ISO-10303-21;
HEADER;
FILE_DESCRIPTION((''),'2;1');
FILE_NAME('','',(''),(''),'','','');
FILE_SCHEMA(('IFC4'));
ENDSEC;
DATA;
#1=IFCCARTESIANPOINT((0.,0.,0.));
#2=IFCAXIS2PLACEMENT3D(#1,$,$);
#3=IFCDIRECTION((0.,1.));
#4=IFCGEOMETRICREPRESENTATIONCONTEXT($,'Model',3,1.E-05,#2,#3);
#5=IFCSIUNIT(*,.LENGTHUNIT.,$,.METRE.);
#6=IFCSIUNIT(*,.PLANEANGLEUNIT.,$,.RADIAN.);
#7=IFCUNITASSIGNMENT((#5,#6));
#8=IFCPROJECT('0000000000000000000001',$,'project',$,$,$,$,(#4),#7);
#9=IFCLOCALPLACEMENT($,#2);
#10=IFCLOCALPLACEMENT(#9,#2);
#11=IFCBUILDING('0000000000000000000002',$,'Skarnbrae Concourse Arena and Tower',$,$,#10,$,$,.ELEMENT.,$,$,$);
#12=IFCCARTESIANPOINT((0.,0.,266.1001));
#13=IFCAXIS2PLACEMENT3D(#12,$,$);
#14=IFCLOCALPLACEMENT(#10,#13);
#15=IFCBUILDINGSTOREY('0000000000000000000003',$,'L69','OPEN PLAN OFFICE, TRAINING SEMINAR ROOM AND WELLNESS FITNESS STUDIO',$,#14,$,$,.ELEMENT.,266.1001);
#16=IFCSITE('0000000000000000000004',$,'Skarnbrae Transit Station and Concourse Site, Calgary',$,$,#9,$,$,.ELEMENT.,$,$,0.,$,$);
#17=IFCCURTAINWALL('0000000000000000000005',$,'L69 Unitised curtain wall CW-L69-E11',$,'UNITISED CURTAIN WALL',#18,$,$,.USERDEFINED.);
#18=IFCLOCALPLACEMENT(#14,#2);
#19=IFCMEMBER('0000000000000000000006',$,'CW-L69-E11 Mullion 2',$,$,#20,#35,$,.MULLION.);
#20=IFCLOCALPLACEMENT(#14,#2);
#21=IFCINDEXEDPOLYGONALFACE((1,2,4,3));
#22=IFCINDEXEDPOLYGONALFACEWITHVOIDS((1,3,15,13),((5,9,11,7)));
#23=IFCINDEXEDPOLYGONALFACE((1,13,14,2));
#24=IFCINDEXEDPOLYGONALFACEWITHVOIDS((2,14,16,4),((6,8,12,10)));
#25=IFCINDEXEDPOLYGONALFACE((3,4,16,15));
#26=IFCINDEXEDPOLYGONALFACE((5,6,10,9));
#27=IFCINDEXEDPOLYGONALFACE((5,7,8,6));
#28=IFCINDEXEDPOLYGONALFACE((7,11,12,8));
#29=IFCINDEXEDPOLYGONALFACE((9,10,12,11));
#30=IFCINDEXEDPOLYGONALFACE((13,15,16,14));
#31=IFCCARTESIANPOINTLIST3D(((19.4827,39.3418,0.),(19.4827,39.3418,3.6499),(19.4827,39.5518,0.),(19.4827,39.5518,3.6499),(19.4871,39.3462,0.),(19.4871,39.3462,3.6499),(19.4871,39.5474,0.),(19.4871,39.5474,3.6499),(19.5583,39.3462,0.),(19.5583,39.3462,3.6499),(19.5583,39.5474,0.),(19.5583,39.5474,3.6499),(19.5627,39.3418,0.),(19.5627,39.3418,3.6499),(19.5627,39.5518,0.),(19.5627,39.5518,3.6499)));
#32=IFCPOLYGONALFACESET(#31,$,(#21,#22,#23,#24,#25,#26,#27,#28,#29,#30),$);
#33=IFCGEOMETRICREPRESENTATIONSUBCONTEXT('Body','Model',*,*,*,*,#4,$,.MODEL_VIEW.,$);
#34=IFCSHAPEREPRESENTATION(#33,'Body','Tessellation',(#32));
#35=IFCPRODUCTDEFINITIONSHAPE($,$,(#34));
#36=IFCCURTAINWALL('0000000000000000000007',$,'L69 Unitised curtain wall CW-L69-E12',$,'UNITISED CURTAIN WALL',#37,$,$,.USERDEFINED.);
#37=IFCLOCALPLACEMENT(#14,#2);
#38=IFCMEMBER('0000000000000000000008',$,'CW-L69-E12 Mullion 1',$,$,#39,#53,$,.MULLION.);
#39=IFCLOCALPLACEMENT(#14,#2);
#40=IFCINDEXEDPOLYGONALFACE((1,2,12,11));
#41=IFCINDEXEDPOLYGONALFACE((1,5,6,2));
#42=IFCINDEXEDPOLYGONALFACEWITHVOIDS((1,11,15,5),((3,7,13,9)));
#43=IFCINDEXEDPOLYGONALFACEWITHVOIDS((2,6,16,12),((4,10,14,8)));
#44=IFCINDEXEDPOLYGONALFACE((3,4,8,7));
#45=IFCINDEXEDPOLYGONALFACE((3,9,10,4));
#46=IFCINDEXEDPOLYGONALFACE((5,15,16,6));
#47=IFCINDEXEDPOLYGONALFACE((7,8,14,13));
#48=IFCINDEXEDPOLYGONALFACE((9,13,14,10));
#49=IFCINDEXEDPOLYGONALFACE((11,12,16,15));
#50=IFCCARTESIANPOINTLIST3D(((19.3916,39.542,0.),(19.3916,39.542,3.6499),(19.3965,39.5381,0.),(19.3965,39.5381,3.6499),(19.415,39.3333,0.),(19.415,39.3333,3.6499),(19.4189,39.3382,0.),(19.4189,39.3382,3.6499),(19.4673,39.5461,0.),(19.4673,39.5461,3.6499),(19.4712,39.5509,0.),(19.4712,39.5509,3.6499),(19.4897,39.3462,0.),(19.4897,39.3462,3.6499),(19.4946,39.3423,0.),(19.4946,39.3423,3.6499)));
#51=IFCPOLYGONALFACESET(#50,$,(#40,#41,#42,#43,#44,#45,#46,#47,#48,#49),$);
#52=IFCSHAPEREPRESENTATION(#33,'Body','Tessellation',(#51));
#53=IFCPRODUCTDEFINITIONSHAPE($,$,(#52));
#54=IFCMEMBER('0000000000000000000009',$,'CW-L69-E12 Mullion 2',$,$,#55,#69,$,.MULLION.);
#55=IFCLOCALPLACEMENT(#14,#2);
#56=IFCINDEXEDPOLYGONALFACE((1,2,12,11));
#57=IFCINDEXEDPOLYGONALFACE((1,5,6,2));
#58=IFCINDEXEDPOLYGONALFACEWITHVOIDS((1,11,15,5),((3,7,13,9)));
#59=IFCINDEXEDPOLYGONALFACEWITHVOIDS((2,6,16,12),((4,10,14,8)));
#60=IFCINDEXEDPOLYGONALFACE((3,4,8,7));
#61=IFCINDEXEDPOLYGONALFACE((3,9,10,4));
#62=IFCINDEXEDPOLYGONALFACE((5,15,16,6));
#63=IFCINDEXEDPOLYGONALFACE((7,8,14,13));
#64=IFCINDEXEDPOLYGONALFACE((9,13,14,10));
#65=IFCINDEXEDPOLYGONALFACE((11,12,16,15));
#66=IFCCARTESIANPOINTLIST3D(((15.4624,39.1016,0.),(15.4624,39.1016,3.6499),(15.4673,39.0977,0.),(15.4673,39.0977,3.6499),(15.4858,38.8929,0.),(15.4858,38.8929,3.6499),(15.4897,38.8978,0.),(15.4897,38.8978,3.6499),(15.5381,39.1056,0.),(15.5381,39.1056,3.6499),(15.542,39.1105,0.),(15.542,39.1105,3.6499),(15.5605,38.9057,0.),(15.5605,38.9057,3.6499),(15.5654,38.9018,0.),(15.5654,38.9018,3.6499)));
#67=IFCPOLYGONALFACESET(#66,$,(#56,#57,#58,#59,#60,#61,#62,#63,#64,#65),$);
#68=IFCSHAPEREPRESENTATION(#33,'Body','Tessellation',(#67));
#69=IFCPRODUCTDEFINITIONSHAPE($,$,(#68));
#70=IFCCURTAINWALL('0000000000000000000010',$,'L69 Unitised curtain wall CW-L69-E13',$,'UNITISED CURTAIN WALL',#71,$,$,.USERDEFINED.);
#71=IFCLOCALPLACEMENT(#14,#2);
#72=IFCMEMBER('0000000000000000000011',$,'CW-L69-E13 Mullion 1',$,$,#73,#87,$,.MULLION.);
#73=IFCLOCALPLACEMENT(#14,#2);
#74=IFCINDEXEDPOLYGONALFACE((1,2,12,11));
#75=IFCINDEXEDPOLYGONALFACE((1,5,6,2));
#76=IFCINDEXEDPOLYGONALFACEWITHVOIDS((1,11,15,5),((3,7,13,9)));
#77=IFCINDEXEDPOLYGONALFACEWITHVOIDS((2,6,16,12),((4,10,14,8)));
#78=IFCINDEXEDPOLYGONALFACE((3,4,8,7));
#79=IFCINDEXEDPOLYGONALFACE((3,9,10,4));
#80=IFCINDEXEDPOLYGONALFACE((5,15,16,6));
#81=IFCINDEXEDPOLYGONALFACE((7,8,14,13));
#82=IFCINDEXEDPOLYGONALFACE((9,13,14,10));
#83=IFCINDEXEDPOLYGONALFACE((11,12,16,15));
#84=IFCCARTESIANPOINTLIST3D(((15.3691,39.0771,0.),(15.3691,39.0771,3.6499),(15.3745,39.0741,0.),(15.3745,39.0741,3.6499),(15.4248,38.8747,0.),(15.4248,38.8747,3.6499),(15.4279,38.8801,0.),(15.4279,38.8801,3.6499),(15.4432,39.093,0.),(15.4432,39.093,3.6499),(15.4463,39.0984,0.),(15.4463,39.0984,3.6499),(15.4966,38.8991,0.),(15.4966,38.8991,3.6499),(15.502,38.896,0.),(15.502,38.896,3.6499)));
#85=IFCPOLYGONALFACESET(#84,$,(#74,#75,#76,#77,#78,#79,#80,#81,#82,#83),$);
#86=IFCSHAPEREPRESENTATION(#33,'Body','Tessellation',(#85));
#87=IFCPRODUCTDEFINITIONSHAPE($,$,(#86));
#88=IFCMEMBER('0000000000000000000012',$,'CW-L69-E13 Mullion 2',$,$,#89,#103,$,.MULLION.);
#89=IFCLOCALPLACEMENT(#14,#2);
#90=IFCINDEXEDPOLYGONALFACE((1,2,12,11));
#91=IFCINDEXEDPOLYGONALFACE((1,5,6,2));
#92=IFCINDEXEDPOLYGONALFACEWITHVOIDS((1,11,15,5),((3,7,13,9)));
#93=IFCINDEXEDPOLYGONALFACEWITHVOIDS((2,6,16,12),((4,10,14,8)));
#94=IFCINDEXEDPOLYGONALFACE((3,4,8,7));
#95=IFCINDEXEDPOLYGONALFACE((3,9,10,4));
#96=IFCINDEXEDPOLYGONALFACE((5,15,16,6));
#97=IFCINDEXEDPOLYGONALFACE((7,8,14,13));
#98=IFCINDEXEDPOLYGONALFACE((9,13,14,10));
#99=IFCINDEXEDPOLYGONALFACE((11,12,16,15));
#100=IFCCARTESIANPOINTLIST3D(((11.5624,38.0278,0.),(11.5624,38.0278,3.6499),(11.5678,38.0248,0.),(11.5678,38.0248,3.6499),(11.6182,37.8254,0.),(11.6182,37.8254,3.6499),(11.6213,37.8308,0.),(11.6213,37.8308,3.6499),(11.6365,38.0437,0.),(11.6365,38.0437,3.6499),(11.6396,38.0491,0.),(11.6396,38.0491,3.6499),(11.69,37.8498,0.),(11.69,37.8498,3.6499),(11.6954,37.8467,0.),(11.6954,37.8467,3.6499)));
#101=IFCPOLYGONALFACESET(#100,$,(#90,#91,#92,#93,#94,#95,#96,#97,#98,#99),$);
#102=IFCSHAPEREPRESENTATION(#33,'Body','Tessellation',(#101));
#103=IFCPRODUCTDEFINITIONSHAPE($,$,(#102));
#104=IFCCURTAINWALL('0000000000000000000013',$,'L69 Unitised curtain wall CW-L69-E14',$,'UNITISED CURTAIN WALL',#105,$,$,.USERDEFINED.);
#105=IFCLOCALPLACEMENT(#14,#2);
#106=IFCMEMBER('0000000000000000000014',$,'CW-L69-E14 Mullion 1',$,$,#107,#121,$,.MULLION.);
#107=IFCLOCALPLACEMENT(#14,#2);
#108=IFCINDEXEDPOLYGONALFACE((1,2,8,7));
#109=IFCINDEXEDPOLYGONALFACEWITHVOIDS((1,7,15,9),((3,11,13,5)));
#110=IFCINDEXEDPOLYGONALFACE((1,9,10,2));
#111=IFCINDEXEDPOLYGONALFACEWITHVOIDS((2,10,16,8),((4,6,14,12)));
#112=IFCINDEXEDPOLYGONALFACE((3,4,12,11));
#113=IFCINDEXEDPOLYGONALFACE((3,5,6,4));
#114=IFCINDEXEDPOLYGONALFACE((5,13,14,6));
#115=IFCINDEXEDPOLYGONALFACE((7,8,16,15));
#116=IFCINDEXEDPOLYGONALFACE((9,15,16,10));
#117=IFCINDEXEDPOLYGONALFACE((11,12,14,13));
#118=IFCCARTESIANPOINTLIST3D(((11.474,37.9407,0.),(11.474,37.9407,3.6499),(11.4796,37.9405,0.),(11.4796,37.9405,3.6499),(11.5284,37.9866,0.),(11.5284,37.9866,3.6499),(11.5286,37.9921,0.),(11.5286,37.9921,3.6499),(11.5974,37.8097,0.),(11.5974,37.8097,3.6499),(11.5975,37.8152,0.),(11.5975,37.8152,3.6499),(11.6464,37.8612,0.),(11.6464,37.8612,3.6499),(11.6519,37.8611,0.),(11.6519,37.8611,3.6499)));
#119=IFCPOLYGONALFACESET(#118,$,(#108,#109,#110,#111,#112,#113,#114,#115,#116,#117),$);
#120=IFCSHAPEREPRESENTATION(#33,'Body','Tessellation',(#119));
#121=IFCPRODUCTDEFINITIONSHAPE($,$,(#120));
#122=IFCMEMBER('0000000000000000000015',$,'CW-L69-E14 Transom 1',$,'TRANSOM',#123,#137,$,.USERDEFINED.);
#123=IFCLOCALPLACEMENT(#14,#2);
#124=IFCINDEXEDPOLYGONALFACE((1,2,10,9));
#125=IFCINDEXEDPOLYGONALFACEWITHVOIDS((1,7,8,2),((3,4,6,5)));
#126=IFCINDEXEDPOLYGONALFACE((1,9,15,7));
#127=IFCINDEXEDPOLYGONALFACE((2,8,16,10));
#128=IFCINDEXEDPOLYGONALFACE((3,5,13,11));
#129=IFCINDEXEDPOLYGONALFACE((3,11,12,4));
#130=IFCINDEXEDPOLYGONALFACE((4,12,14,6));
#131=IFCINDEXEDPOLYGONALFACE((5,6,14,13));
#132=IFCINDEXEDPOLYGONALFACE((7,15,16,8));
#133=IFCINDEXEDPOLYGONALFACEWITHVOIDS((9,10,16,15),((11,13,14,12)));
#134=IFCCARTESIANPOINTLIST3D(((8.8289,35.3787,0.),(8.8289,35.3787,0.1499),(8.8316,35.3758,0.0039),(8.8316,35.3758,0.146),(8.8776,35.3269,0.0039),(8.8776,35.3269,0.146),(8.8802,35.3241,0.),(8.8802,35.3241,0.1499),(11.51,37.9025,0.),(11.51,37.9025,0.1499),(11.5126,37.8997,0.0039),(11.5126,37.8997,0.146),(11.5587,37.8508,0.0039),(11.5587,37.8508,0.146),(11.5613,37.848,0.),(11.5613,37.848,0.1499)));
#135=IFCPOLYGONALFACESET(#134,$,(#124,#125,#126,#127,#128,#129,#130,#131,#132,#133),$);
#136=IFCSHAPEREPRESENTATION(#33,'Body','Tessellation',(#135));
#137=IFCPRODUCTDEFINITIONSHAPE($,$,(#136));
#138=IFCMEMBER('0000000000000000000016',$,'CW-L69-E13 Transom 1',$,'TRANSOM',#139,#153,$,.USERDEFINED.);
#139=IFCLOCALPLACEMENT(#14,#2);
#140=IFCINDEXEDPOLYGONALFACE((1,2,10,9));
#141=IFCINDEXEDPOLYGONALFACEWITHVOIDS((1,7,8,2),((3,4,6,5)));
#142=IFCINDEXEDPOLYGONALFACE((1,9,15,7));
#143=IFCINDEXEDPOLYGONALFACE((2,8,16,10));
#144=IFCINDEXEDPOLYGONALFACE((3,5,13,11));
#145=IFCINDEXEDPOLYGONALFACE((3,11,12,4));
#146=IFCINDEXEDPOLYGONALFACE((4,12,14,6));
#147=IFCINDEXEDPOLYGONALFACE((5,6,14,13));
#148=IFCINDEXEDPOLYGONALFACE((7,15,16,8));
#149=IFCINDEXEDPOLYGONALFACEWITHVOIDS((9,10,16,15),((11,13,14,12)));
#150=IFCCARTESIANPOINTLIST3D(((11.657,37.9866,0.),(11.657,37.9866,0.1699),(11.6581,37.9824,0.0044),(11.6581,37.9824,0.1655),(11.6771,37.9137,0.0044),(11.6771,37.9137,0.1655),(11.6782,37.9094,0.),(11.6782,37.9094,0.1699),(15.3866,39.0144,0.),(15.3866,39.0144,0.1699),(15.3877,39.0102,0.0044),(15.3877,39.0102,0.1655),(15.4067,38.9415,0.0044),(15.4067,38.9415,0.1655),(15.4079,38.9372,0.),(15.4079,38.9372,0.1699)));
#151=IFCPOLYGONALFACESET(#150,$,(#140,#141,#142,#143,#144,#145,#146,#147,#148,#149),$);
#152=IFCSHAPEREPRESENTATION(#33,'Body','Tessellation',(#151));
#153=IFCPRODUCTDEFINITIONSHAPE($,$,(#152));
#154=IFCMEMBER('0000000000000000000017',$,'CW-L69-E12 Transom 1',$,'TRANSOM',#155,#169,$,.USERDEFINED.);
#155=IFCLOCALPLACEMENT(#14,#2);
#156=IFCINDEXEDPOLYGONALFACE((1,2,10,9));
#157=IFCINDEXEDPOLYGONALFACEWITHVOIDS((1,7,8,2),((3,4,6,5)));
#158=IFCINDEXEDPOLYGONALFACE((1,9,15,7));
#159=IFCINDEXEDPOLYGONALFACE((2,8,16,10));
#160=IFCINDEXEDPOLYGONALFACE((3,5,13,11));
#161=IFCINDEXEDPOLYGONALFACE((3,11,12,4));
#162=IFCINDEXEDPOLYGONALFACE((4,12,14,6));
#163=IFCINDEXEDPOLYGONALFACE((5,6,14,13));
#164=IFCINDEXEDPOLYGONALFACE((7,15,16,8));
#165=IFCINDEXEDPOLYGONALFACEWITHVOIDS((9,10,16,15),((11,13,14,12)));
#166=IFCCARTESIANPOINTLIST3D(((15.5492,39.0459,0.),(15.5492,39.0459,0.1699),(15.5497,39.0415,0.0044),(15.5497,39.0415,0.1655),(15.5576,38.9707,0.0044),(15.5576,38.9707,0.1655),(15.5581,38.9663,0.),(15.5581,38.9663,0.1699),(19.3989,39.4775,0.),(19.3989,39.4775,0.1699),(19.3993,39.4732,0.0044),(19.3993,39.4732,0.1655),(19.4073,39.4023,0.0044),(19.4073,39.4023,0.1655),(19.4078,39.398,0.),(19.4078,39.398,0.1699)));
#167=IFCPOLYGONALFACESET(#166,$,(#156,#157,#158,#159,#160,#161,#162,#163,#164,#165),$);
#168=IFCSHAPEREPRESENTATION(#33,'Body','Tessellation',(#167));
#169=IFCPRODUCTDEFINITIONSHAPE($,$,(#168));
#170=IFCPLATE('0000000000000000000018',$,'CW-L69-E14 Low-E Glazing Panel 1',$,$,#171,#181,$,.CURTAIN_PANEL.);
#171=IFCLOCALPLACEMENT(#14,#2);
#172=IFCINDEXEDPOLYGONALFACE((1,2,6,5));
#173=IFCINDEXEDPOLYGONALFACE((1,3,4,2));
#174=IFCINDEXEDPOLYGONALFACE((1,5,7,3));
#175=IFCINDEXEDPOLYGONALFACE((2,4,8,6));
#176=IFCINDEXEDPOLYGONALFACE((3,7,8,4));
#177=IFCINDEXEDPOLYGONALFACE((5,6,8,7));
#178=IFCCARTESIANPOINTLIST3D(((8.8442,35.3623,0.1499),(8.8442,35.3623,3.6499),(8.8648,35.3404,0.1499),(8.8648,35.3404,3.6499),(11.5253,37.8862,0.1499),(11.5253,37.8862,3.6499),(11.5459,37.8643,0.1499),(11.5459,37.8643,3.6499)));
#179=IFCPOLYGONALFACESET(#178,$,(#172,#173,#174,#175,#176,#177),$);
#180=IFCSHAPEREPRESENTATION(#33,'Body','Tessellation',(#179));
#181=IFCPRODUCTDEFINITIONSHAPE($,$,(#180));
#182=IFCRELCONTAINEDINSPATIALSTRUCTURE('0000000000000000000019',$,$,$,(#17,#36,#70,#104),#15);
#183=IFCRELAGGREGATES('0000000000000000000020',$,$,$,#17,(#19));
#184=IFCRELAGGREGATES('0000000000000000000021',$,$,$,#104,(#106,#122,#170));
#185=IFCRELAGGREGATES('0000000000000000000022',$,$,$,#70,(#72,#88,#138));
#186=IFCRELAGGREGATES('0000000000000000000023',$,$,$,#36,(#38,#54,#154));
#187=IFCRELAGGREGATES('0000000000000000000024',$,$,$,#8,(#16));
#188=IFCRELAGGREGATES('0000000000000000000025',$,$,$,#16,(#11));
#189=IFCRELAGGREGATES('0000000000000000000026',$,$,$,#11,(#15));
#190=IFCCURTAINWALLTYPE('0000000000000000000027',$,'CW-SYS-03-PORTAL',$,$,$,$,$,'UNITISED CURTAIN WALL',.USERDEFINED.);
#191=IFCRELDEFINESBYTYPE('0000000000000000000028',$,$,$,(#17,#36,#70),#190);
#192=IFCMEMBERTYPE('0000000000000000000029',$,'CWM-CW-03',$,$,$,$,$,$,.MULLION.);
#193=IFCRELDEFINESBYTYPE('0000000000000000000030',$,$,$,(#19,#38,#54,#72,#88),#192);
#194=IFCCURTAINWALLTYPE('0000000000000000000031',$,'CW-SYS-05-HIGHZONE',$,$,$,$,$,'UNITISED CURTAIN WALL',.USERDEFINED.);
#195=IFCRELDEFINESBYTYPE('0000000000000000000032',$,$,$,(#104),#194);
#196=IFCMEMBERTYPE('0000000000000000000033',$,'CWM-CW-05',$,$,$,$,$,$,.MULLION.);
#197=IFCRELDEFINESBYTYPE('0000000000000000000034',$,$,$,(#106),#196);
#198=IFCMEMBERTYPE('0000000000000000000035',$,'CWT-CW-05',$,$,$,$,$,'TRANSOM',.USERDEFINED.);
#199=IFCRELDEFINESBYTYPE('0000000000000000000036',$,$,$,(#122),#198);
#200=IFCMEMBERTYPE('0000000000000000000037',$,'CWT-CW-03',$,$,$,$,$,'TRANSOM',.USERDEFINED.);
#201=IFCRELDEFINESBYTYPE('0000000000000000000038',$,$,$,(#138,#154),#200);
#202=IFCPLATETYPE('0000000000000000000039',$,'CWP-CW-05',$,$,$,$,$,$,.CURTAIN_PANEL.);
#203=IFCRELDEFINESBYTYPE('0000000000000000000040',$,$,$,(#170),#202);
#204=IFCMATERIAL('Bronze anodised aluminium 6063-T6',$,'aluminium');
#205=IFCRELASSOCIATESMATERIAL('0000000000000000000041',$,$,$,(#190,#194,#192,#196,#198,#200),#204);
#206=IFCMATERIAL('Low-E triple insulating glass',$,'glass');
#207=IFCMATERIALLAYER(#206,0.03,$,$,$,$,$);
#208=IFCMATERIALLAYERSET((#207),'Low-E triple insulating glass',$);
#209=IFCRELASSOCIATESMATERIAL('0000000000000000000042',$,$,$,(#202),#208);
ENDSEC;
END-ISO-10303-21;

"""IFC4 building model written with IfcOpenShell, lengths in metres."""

from ifc_helpers import new_model, si_unit, direction, frame, origin, origin_2d, place, context, subcontext, project, spatial, rectangle, hollow_rectangle, extrude, source, transform, mapped, material, layer, layer_set, material_profile, profile_set, type_object, element, aggregate, save


model = new_model("IFC4")

# Units and contexts
model_context = context("Model", 3, precision=1e-05, world=origin(), true_north=direction((0.0, 1.0)))
body_context = subcontext(model_context, "Body", "Model", "MODEL_VIEW")
ifc_project = project(units=[si_unit("LENGTHUNIT", "METRE"), si_unit("PLANEANGLEUNIT", "RADIAN")], contexts=[model_context])

# Site, building, storey
site_placement = place(None, origin())
site = spatial("IfcSite", under=ifc_project, at=site_placement, Name="Skarnbrae Transit Station and Concourse Site, Calgary", CompositionType="ELEMENT", RefElevation=0.0)
building_placement = place(site_placement, origin())
building = spatial("IfcBuilding", under=site, at=building_placement, Name="Skarnbrae Concourse Arena and Tower", CompositionType="ELEMENT")
storey_placement = place(building_placement, frame((0.0, 0.0, 266.1001)))
storey = spatial("IfcBuildingStorey", under=building, at=storey_placement, Name="L69", Description="OPEN PLAN OFFICE, TRAINING SEMINAR ROOM AND WELLNESS FITNESS STUDIO", CompositionType="ELEMENT", Elevation=266.1001)

# Curtain wall, member
ifc_material_1 = material(Name="Bronze anodised aluminium 6063-T6", Category="aluminium")
curtain_wall_type_1 = type_object("IfcCurtainWallType", Name="CW-SYS-03-PORTAL", ElementType="UNITISED CURTAIN WALL", PredefinedType="USERDEFINED", material=ifc_material_1)
curtain_wall_1_placement = place(storey_placement, origin())
curtain_wall_1 = element("IfcCurtainWall", 1, at=curtain_wall_1_placement, inside=storey, type_object=curtain_wall_type_1, Name="L69 Unitised curtain wall CW-L69-E11", ObjectType="UNITISED CURTAIN WALL", PredefinedType="USERDEFINED")
ifc_material_profile_1 = material_profile(ifc_material_1, hollow_rectangle(XDim=0.0801, YDim=0.21, WallThickness=0.0044, at=origin_2d()), Name="ALU-MULL-80X210")
ifc_profile_set_1 = profile_set([ifc_material_profile_1], Name="Bronze anodised aluminium 6063-T6")
member_type_1 = type_object("IfcMemberType", Name="CWM-CW-03", PredefinedType="MULLION", material=ifc_profile_set_1)
shared_shape_1 = source(origin(), body_context, "Body", "SweptSolid", [
    extrude(hollow_rectangle(XDim=0.0801, YDim=0.21, WallThickness=0.0044, at=origin_2d()), origin(), (0.0, 0.0, 1.0), 3.6499),
])
member_1_placement = place(storey_placement, frame((19.5227, 39.4468, 0.0), z_axis=(0.0, 0.0, 1.0), x_axis=(-1.0, 0.0, 0.0)))
member_1 = element("IfcMember", 2, at=member_1_placement, type_object=member_type_1, Name="CW-L69-E11 Mullion 2", PredefinedType="MULLION", context=body_context, shape_type="MappedRepresentation", body=[
    mapped(shared_shape_1, transform((0.0, 0.0, 0.0))),
])
aggregate(curtain_wall_1, [member_1])

# Curtain walls, members
curtain_wall_2_placement = place(storey_placement, origin())
curtain_wall_2 = element("IfcCurtainWall", 3, at=curtain_wall_2_placement, inside=storey, type_object=curtain_wall_type_1, Name="L69 Unitised curtain wall CW-L69-E12", ObjectType="UNITISED CURTAIN WALL", PredefinedType="USERDEFINED")
member_2_placement = place(storey_placement, frame((19.4431, 39.4421, 0.0), z_axis=(0.0, 0.0, 1.0), x_axis=(-0.993769, -0.11146, 0.0)))
member_2 = element("IfcMember", 4, at=member_2_placement, type_object=member_type_1, Name="CW-L69-E12 Mullion 1", PredefinedType="MULLION", context=body_context, shape_type="MappedRepresentation", body=[
    mapped(shared_shape_1, transform((0.0, 0.0, 0.0))),
])
member_3_placement = place(storey_placement, frame((15.5139, 39.0017, 0.0), z_axis=(0.0, 0.0, 1.0), x_axis=(-0.993769, -0.11146, 0.0)))
member_3 = element("IfcMember", 5, at=member_3_placement, type_object=member_type_1, Name="CW-L69-E12 Mullion 2", PredefinedType="MULLION", context=body_context, shape_type="MappedRepresentation", body=[
    mapped(shared_shape_1, transform((0.0, 0.0, 0.0))),
])
curtain_wall_3_placement = place(storey_placement, origin())
curtain_wall_3 = element("IfcCurtainWall", 6, at=curtain_wall_3_placement, inside=storey, type_object=curtain_wall_type_1, Name="L69 Unitised curtain wall CW-L69-E13", ObjectType="UNITISED CURTAIN WALL", PredefinedType="USERDEFINED")
member_4_placement = place(storey_placement, frame((15.4355, 38.9866, 0.0), z_axis=(0.0, 0.0, 1.0), x_axis=(-0.964057, -0.265694, 0.0)))
member_4 = element("IfcMember", 7, at=member_4_placement, type_object=member_type_1, Name="CW-L69-E13 Mullion 1", PredefinedType="MULLION", context=body_context, shape_type="MappedRepresentation", body=[
    mapped(shared_shape_1, transform((0.0, 0.0, 0.0))),
])
member_5_placement = place(storey_placement, frame((11.6289, 37.9373, 0.0), z_axis=(0.0, 0.0, 1.0), x_axis=(-0.964057, -0.265694, 0.0)))
member_5 = element("IfcMember", 8, at=member_5_placement, type_object=member_type_1, Name="CW-L69-E13 Mullion 2", PredefinedType="MULLION", context=body_context, shape_type="MappedRepresentation", body=[
    mapped(shared_shape_1, transform((0.0, 0.0, 0.0))),
])
curtain_wall_type_2 = type_object("IfcCurtainWallType", Name="CW-SYS-05-HIGHZONE", ElementType="UNITISED CURTAIN WALL", PredefinedType="USERDEFINED", material=ifc_material_1)
curtain_wall_4_placement = place(storey_placement, origin())
curtain_wall_4 = element("IfcCurtainWall", 9, at=curtain_wall_4_placement, inside=storey, type_object=curtain_wall_type_2, Name="L69 Unitised curtain wall CW-L69-E14", ObjectType="UNITISED CURTAIN WALL", PredefinedType="USERDEFINED")
ifc_material_profile_2 = material_profile(ifc_material_1, hollow_rectangle(XDim=0.075, YDim=0.1799, WallThickness=0.0039, at=origin_2d()), Name="ALU-MULL-75X180")
ifc_profile_set_2 = profile_set([ifc_material_profile_2], Name="Bronze anodised aluminium 6063-T6")
member_type_2 = type_object("IfcMemberType", Name="CWM-CW-05", PredefinedType="MULLION", material=ifc_profile_set_2)
shared_shape_2 = source(origin(), body_context, "Body", "SweptSolid", [
    extrude(hollow_rectangle(XDim=0.075, YDim=0.1799, WallThickness=0.0039, at=origin_2d()), origin(), (0.0, 0.0, 1.0), 3.6499),
])
member_6_placement = place(storey_placement, frame((11.563, 37.9009, 0.0), z_axis=(0.0, 0.0, 1.0), x_axis=(-0.728131, -0.685438, 0.0)))
member_6 = element("IfcMember", 10, at=member_6_placement, type_object=member_type_2, Name="CW-L69-E14 Mullion 1", PredefinedType="MULLION", context=body_context, shape_type="MappedRepresentation", body=[
    mapped(shared_shape_2, transform((0.0, 0.0, 0.0))),
])
ifc_material_profile_3 = material_profile(ifc_material_1, hollow_rectangle(XDim=0.075, YDim=0.1499, WallThickness=0.0039, at=origin_2d()), Name="ALU-TRAN-75X150")
ifc_profile_set_3 = profile_set([ifc_material_profile_3], Name="Bronze anodised aluminium 6063-T6")
member_type_3 = type_object("IfcMemberType", Name="CWT-CW-05", ElementType="TRANSOM", PredefinedType="USERDEFINED", material=ifc_profile_set_3)
shared_shape_3 = source(origin(), body_context, "Body", "SweptSolid", [
    extrude(hollow_rectangle(XDim=0.075, YDim=0.1499, WallThickness=0.0039, at=origin_2d()), origin(), (0.0, 0.0, 1.0), 3.6821),
])
member_7_placement = place(storey_placement, frame((11.5356, 37.8752, 0.075), z_axis=(-0.728134, -0.685435, 0.0), x_axis=(0.685435, -0.728134, 0.0)))
member_7 = element("IfcMember", 11, at=member_7_placement, type_object=member_type_3, Name="CW-L69-E14 Transom 1", ObjectType="TRANSOM", PredefinedType="USERDEFINED", context=body_context, shape_type="MappedRepresentation", body=[
    mapped(shared_shape_3, transform((0.0, 0.0, 0.0))),
])

# Members
ifc_material_profile_4 = material_profile(ifc_material_1, hollow_rectangle(XDim=0.0801, YDim=0.1699, WallThickness=0.0044, at=origin_2d()), Name="ALU-TRAN-80X170")
ifc_profile_set_4 = profile_set([ifc_material_profile_4], Name="Bronze anodised aluminium 6063-T6")
member_type_4 = type_object("IfcMemberType", Name="CWT-CW-03", ElementType="TRANSOM", PredefinedType="USERDEFINED", material=ifc_profile_set_4)
shared_shape_4 = source(origin(), body_context, "Body", "SweptSolid", [
    extrude(hollow_rectangle(XDim=0.0801, YDim=0.1699, WallThickness=0.0044, at=origin_2d()), origin(), (0.0, 0.0, 1.0), 3.8687),
])
member_8_placement = place(storey_placement, frame((15.3972, 38.9758, 0.085), z_axis=(-0.964063, -0.265674, 0.0), x_axis=(0.265674, -0.964063, 0.0)))
member_8 = element("IfcMember", 12, at=member_8_placement, type_object=member_type_4, Name="CW-L69-E13 Transom 1", ObjectType="TRANSOM", PredefinedType="USERDEFINED", context=body_context, shape_type="MappedRepresentation", body=[
    mapped(shared_shape_4, transform((0.0, 0.0, 0.0))),
])
shared_shape_5 = source(origin(), body_context, "Body", "SweptSolid", [
    extrude(hollow_rectangle(XDim=0.0801, YDim=0.1699, WallThickness=0.0044, at=origin_2d()), origin(), (0.0, 0.0, 1.0), 3.8738),
])
member_9_placement = place(storey_placement, frame((19.4033, 39.4377, 0.085), z_axis=(-0.993773, -0.111428, 0.0), x_axis=(0.111428, -0.993773, 0.0)))
member_9 = element("IfcMember", 13, at=member_9_placement, type_object=member_type_4, Name="CW-L69-E12 Transom 1", ObjectType="TRANSOM", PredefinedType="USERDEFINED", context=body_context, shape_type="MappedRepresentation", body=[
    mapped(shared_shape_5, transform((0.0, 0.0, 0.0))),
])

# Plate
ifc_material_2 = material(Name="Low-E triple insulating glass", Category="glass")
ifc_layer_1 = layer(ifc_material_2, 0.03)
ifc_layer_set_1 = layer_set([ifc_layer_1], Name="Low-E triple insulating glass")
plate_type_1 = type_object("IfcPlateType", Name="CWP-CW-05", PredefinedType="CURTAIN_PANEL", material=ifc_layer_set_1)
shared_shape_6 = source(origin(), body_context, "Body", "SweptSolid", [
    extrude(rectangle(XDim=3.6821, YDim=0.03, at=origin_2d()), origin(), (0.0, 0.0, 1.0), 3.5),
])
plate_1_placement = place(storey_placement, frame((10.1951, 36.6133, 0.1499), z_axis=(0.0, 0.0, 1.0), x_axis=(-0.728131, -0.685438, 0.0)))
plate_1 = element("IfcPlate", 14, at=plate_1_placement, type_object=plate_type_1, Name="CW-L69-E14 Low-E Glazing Panel 1", PredefinedType="CURTAIN_PANEL", context=body_context, shape_type="MappedRepresentation", body=[
    mapped(shared_shape_6, transform((0.0, 0.0, 0.0))),
])
aggregate(curtain_wall_4, [member_6, member_7, plate_1])
aggregate(curtain_wall_3, [member_4, member_5, member_8])
aggregate(curtain_wall_2, [member_2, member_3, member_9])

save(model, "model.ifc")
